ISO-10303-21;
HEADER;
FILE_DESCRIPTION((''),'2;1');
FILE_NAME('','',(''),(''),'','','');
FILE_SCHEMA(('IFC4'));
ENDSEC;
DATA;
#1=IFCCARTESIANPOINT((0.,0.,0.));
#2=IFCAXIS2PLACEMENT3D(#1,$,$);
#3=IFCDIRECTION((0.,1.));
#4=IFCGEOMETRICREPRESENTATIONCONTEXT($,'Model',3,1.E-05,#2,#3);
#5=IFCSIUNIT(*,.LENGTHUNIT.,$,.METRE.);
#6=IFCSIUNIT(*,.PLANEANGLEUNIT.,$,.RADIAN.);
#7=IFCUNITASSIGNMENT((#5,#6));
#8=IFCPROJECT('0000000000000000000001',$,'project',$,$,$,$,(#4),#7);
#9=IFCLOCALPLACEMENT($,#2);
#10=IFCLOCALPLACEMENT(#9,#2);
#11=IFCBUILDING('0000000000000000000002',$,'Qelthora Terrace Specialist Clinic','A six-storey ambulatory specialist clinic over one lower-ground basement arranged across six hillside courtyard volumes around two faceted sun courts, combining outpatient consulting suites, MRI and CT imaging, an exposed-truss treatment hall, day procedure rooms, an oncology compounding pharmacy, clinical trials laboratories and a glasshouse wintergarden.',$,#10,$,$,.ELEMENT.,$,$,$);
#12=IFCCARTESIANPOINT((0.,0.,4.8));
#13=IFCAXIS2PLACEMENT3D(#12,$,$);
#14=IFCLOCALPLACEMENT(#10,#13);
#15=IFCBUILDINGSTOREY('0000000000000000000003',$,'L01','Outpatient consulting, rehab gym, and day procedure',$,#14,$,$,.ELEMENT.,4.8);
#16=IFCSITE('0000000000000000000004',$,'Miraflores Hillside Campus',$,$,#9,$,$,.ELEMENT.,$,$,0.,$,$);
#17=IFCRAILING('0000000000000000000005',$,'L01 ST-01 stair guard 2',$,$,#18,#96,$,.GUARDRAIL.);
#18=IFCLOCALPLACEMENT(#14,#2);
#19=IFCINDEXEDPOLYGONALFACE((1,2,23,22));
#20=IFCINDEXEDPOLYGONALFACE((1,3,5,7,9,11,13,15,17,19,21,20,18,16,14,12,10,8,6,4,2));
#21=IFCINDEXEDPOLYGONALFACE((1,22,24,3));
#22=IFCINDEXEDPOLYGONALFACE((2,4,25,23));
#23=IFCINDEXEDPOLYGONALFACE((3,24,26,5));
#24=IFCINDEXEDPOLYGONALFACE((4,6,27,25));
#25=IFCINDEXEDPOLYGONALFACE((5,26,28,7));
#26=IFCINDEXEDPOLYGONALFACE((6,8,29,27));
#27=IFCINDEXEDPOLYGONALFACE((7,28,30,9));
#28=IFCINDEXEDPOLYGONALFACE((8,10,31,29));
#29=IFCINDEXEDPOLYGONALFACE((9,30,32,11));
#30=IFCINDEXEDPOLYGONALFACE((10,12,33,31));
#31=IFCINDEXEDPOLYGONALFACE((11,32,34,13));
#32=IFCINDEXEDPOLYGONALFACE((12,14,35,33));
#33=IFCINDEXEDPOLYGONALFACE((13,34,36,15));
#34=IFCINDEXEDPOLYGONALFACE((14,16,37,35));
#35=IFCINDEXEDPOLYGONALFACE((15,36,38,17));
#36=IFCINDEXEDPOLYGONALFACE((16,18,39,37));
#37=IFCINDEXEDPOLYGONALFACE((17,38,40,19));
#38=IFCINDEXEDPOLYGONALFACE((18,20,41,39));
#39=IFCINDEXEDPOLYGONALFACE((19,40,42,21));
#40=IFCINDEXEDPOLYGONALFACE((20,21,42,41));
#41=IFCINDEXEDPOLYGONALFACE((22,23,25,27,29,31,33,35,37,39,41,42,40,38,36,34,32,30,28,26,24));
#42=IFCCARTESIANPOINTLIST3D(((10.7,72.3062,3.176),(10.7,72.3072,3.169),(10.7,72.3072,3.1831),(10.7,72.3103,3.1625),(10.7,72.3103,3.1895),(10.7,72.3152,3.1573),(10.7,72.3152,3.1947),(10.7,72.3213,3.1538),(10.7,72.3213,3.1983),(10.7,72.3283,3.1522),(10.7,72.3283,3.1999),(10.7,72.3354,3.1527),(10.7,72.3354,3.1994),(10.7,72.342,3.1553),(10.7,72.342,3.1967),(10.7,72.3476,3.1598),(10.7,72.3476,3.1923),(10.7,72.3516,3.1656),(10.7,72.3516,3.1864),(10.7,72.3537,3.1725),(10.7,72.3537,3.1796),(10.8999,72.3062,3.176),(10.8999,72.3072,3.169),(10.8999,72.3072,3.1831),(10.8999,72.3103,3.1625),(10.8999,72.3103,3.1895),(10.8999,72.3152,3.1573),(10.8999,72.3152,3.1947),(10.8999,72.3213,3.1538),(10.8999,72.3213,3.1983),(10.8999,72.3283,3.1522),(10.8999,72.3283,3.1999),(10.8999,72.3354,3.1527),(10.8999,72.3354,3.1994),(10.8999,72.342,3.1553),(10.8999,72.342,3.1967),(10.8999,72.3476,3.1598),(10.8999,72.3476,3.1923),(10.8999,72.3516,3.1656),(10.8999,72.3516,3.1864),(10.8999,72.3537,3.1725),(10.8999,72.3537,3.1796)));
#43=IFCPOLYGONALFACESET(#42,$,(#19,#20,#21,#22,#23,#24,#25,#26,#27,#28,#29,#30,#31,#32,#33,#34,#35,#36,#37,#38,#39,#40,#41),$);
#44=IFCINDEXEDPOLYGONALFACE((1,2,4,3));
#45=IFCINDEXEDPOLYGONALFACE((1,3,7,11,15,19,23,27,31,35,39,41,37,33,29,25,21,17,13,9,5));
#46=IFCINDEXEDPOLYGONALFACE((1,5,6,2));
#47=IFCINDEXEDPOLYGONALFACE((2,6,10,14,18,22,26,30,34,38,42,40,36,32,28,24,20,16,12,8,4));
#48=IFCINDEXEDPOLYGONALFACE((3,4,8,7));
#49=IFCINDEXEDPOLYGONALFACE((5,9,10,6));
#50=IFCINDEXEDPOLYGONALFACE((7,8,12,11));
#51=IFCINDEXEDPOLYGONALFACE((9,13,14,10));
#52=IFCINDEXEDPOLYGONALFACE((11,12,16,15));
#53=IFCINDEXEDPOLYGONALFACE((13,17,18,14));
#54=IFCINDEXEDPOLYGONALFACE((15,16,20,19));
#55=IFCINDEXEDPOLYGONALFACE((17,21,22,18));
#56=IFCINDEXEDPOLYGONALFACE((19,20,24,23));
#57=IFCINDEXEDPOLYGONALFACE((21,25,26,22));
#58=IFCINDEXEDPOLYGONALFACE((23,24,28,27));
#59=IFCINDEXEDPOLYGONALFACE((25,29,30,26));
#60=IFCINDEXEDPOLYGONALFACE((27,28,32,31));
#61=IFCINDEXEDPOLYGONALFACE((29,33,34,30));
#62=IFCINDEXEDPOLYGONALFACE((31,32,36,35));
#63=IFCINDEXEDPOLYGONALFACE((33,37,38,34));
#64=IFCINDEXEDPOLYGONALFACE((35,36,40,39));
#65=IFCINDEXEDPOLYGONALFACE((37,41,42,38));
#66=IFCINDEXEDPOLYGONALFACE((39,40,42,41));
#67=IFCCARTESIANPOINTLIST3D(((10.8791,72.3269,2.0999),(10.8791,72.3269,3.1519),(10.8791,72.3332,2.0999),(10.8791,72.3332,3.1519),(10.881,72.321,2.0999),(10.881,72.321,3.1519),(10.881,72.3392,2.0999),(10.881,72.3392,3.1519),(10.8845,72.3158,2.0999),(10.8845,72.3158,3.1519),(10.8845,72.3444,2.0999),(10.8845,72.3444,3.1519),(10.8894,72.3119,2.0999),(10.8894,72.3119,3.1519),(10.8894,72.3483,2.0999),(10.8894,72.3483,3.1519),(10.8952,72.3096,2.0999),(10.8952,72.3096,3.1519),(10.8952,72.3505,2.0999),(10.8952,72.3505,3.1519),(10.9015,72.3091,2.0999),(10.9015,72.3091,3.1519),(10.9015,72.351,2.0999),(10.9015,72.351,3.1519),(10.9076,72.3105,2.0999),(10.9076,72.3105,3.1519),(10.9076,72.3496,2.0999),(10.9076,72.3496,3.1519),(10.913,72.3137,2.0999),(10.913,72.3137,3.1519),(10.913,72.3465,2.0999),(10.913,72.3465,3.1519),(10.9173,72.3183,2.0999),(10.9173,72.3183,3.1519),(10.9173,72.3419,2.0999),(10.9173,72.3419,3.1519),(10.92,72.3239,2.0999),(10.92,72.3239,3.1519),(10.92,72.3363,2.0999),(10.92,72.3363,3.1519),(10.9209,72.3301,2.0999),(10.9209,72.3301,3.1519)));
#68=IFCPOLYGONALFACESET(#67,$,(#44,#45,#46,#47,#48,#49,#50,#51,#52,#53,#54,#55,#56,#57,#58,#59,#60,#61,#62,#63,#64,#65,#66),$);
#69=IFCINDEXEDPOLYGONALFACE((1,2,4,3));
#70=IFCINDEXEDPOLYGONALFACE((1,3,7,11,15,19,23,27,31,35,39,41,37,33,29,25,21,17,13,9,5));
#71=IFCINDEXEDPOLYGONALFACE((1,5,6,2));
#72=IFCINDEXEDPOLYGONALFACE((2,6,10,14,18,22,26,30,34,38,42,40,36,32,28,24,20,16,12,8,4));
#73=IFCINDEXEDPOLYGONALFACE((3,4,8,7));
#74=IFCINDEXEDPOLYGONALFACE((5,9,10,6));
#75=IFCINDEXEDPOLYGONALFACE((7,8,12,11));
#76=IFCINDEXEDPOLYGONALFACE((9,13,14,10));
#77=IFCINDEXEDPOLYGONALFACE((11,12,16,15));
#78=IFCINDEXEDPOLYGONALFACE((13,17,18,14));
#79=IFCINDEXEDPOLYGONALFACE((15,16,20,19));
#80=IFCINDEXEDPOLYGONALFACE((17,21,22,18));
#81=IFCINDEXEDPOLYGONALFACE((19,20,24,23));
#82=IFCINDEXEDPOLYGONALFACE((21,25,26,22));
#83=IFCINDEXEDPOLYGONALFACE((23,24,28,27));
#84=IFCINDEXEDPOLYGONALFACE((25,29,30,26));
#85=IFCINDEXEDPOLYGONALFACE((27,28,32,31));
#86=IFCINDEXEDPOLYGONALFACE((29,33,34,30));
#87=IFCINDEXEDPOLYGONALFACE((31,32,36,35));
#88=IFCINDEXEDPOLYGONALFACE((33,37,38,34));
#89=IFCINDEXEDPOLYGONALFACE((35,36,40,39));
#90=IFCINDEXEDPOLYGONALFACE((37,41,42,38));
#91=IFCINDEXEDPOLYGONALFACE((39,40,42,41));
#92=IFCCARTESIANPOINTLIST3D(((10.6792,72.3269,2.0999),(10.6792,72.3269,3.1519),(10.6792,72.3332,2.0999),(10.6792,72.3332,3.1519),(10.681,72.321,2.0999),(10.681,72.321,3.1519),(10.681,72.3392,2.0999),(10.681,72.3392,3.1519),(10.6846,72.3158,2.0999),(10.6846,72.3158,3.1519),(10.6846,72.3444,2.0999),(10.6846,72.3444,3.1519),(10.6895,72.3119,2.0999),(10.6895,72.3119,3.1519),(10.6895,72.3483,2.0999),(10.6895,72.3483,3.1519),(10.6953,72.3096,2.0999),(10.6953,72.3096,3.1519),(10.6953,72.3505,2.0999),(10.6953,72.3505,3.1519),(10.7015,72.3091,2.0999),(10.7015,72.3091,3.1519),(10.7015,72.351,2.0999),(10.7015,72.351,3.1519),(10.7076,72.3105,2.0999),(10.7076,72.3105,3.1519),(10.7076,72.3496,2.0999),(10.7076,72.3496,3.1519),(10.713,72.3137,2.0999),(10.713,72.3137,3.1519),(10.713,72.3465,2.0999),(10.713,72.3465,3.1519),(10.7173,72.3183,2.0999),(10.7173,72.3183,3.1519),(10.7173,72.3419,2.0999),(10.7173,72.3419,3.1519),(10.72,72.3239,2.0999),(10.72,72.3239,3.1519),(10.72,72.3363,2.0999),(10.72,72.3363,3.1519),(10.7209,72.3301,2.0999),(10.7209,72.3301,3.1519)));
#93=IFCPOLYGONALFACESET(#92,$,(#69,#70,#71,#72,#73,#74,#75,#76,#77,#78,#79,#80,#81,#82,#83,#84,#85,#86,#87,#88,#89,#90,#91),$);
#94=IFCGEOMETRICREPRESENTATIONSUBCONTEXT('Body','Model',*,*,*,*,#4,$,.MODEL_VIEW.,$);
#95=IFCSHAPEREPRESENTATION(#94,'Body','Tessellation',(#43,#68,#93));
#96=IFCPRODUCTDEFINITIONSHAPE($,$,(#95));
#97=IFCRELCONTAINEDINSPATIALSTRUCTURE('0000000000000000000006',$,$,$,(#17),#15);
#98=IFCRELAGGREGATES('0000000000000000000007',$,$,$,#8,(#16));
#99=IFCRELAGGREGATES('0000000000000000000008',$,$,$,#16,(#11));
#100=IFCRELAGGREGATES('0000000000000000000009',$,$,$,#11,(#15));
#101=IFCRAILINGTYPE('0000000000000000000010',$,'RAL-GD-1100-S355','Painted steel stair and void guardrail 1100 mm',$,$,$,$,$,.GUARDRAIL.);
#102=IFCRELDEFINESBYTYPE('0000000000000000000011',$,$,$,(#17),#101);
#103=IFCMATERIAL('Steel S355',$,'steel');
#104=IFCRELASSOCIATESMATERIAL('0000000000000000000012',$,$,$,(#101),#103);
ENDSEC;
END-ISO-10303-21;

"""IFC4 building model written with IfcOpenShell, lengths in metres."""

from ifc_helpers import new_model, si_unit, direction, frame, origin, origin_2d, place, context, subcontext, project, spatial, circle, extrude, material, type_object, element, save


model = new_model("IFC4")

# Units and contexts
model_context = context("Model", 3, precision=1e-05, world=origin(), true_north=direction((0.0, 1.0)))
body_context = subcontext(model_context, "Body", "Model", "MODEL_VIEW")
ifc_project = project(units=[si_unit("LENGTHUNIT", "METRE"), si_unit("PLANEANGLEUNIT", "RADIAN")], contexts=[model_context])

# Site, building, storey
site_placement = place(None, origin())
site = spatial("IfcSite", under=ifc_project, at=site_placement, Name="Miraflores Hillside Campus", CompositionType="ELEMENT", RefElevation=0.0)
building_placement = place(site_placement, origin())
building = spatial("IfcBuilding", under=site, at=building_placement, Name="Qelthora Terrace Specialist Clinic", Description="A six-storey ambulatory specialist clinic over one lower-ground basement arranged across six hillside courtyard volumes around two faceted sun courts, combining outpatient consulting suites, MRI and CT imaging, an exposed-truss treatment hall, day procedure rooms, an oncology compounding pharmacy, clinical trials laboratories and a glasshouse wintergarden.", CompositionType="ELEMENT")
storey_placement = place(building_placement, frame((0.0, 0.0, 4.8)))
storey = spatial("IfcBuildingStorey", under=building, at=storey_placement, Name="L01", Description="Outpatient consulting, rehab gym, and day procedure", CompositionType="ELEMENT", Elevation=4.8)

# Shared definitions
ifc_material_1 = material(Name="Steel S355", Category="steel")

# Railing
railing_type_1 = type_object("IfcRailingType", Name="RAL-GD-1100-S355", Description="Painted steel stair and void guardrail 1100 mm", PredefinedType="GUARDRAIL", material=ifc_material_1)
railing_1_placement = place(storey_placement, frame((10.8999, 72.3301, 2.0999)))
element("IfcRailing", 1, at=railing_1_placement, inside=storey, type_object=railing_type_1, Name="L01 ST-01 stair guard 2", PredefinedType="GUARDRAIL", context=body_context, shape_type="SweptSolid", body=[
    extrude(circle(Radius=0.0239, at=origin_2d()), frame((0.0, 0.0, 1.0762), z_axis=(-1.0, 0.0, 0.0), x_axis=(0.0, -1.0, 0.0)), (0.0, 0.0, 1.0), 0.2),
    extrude(circle(Radius=0.021, at=origin_2d()), origin(), (0.0, 0.0, 1.0), 1.052),
    extrude(circle(Radius=0.021, at=origin_2d()), frame((-0.2, 0.0, 0.0)), (0.0, 0.0, 1.0), 1.052),
])

save(model, "model.ifc")
